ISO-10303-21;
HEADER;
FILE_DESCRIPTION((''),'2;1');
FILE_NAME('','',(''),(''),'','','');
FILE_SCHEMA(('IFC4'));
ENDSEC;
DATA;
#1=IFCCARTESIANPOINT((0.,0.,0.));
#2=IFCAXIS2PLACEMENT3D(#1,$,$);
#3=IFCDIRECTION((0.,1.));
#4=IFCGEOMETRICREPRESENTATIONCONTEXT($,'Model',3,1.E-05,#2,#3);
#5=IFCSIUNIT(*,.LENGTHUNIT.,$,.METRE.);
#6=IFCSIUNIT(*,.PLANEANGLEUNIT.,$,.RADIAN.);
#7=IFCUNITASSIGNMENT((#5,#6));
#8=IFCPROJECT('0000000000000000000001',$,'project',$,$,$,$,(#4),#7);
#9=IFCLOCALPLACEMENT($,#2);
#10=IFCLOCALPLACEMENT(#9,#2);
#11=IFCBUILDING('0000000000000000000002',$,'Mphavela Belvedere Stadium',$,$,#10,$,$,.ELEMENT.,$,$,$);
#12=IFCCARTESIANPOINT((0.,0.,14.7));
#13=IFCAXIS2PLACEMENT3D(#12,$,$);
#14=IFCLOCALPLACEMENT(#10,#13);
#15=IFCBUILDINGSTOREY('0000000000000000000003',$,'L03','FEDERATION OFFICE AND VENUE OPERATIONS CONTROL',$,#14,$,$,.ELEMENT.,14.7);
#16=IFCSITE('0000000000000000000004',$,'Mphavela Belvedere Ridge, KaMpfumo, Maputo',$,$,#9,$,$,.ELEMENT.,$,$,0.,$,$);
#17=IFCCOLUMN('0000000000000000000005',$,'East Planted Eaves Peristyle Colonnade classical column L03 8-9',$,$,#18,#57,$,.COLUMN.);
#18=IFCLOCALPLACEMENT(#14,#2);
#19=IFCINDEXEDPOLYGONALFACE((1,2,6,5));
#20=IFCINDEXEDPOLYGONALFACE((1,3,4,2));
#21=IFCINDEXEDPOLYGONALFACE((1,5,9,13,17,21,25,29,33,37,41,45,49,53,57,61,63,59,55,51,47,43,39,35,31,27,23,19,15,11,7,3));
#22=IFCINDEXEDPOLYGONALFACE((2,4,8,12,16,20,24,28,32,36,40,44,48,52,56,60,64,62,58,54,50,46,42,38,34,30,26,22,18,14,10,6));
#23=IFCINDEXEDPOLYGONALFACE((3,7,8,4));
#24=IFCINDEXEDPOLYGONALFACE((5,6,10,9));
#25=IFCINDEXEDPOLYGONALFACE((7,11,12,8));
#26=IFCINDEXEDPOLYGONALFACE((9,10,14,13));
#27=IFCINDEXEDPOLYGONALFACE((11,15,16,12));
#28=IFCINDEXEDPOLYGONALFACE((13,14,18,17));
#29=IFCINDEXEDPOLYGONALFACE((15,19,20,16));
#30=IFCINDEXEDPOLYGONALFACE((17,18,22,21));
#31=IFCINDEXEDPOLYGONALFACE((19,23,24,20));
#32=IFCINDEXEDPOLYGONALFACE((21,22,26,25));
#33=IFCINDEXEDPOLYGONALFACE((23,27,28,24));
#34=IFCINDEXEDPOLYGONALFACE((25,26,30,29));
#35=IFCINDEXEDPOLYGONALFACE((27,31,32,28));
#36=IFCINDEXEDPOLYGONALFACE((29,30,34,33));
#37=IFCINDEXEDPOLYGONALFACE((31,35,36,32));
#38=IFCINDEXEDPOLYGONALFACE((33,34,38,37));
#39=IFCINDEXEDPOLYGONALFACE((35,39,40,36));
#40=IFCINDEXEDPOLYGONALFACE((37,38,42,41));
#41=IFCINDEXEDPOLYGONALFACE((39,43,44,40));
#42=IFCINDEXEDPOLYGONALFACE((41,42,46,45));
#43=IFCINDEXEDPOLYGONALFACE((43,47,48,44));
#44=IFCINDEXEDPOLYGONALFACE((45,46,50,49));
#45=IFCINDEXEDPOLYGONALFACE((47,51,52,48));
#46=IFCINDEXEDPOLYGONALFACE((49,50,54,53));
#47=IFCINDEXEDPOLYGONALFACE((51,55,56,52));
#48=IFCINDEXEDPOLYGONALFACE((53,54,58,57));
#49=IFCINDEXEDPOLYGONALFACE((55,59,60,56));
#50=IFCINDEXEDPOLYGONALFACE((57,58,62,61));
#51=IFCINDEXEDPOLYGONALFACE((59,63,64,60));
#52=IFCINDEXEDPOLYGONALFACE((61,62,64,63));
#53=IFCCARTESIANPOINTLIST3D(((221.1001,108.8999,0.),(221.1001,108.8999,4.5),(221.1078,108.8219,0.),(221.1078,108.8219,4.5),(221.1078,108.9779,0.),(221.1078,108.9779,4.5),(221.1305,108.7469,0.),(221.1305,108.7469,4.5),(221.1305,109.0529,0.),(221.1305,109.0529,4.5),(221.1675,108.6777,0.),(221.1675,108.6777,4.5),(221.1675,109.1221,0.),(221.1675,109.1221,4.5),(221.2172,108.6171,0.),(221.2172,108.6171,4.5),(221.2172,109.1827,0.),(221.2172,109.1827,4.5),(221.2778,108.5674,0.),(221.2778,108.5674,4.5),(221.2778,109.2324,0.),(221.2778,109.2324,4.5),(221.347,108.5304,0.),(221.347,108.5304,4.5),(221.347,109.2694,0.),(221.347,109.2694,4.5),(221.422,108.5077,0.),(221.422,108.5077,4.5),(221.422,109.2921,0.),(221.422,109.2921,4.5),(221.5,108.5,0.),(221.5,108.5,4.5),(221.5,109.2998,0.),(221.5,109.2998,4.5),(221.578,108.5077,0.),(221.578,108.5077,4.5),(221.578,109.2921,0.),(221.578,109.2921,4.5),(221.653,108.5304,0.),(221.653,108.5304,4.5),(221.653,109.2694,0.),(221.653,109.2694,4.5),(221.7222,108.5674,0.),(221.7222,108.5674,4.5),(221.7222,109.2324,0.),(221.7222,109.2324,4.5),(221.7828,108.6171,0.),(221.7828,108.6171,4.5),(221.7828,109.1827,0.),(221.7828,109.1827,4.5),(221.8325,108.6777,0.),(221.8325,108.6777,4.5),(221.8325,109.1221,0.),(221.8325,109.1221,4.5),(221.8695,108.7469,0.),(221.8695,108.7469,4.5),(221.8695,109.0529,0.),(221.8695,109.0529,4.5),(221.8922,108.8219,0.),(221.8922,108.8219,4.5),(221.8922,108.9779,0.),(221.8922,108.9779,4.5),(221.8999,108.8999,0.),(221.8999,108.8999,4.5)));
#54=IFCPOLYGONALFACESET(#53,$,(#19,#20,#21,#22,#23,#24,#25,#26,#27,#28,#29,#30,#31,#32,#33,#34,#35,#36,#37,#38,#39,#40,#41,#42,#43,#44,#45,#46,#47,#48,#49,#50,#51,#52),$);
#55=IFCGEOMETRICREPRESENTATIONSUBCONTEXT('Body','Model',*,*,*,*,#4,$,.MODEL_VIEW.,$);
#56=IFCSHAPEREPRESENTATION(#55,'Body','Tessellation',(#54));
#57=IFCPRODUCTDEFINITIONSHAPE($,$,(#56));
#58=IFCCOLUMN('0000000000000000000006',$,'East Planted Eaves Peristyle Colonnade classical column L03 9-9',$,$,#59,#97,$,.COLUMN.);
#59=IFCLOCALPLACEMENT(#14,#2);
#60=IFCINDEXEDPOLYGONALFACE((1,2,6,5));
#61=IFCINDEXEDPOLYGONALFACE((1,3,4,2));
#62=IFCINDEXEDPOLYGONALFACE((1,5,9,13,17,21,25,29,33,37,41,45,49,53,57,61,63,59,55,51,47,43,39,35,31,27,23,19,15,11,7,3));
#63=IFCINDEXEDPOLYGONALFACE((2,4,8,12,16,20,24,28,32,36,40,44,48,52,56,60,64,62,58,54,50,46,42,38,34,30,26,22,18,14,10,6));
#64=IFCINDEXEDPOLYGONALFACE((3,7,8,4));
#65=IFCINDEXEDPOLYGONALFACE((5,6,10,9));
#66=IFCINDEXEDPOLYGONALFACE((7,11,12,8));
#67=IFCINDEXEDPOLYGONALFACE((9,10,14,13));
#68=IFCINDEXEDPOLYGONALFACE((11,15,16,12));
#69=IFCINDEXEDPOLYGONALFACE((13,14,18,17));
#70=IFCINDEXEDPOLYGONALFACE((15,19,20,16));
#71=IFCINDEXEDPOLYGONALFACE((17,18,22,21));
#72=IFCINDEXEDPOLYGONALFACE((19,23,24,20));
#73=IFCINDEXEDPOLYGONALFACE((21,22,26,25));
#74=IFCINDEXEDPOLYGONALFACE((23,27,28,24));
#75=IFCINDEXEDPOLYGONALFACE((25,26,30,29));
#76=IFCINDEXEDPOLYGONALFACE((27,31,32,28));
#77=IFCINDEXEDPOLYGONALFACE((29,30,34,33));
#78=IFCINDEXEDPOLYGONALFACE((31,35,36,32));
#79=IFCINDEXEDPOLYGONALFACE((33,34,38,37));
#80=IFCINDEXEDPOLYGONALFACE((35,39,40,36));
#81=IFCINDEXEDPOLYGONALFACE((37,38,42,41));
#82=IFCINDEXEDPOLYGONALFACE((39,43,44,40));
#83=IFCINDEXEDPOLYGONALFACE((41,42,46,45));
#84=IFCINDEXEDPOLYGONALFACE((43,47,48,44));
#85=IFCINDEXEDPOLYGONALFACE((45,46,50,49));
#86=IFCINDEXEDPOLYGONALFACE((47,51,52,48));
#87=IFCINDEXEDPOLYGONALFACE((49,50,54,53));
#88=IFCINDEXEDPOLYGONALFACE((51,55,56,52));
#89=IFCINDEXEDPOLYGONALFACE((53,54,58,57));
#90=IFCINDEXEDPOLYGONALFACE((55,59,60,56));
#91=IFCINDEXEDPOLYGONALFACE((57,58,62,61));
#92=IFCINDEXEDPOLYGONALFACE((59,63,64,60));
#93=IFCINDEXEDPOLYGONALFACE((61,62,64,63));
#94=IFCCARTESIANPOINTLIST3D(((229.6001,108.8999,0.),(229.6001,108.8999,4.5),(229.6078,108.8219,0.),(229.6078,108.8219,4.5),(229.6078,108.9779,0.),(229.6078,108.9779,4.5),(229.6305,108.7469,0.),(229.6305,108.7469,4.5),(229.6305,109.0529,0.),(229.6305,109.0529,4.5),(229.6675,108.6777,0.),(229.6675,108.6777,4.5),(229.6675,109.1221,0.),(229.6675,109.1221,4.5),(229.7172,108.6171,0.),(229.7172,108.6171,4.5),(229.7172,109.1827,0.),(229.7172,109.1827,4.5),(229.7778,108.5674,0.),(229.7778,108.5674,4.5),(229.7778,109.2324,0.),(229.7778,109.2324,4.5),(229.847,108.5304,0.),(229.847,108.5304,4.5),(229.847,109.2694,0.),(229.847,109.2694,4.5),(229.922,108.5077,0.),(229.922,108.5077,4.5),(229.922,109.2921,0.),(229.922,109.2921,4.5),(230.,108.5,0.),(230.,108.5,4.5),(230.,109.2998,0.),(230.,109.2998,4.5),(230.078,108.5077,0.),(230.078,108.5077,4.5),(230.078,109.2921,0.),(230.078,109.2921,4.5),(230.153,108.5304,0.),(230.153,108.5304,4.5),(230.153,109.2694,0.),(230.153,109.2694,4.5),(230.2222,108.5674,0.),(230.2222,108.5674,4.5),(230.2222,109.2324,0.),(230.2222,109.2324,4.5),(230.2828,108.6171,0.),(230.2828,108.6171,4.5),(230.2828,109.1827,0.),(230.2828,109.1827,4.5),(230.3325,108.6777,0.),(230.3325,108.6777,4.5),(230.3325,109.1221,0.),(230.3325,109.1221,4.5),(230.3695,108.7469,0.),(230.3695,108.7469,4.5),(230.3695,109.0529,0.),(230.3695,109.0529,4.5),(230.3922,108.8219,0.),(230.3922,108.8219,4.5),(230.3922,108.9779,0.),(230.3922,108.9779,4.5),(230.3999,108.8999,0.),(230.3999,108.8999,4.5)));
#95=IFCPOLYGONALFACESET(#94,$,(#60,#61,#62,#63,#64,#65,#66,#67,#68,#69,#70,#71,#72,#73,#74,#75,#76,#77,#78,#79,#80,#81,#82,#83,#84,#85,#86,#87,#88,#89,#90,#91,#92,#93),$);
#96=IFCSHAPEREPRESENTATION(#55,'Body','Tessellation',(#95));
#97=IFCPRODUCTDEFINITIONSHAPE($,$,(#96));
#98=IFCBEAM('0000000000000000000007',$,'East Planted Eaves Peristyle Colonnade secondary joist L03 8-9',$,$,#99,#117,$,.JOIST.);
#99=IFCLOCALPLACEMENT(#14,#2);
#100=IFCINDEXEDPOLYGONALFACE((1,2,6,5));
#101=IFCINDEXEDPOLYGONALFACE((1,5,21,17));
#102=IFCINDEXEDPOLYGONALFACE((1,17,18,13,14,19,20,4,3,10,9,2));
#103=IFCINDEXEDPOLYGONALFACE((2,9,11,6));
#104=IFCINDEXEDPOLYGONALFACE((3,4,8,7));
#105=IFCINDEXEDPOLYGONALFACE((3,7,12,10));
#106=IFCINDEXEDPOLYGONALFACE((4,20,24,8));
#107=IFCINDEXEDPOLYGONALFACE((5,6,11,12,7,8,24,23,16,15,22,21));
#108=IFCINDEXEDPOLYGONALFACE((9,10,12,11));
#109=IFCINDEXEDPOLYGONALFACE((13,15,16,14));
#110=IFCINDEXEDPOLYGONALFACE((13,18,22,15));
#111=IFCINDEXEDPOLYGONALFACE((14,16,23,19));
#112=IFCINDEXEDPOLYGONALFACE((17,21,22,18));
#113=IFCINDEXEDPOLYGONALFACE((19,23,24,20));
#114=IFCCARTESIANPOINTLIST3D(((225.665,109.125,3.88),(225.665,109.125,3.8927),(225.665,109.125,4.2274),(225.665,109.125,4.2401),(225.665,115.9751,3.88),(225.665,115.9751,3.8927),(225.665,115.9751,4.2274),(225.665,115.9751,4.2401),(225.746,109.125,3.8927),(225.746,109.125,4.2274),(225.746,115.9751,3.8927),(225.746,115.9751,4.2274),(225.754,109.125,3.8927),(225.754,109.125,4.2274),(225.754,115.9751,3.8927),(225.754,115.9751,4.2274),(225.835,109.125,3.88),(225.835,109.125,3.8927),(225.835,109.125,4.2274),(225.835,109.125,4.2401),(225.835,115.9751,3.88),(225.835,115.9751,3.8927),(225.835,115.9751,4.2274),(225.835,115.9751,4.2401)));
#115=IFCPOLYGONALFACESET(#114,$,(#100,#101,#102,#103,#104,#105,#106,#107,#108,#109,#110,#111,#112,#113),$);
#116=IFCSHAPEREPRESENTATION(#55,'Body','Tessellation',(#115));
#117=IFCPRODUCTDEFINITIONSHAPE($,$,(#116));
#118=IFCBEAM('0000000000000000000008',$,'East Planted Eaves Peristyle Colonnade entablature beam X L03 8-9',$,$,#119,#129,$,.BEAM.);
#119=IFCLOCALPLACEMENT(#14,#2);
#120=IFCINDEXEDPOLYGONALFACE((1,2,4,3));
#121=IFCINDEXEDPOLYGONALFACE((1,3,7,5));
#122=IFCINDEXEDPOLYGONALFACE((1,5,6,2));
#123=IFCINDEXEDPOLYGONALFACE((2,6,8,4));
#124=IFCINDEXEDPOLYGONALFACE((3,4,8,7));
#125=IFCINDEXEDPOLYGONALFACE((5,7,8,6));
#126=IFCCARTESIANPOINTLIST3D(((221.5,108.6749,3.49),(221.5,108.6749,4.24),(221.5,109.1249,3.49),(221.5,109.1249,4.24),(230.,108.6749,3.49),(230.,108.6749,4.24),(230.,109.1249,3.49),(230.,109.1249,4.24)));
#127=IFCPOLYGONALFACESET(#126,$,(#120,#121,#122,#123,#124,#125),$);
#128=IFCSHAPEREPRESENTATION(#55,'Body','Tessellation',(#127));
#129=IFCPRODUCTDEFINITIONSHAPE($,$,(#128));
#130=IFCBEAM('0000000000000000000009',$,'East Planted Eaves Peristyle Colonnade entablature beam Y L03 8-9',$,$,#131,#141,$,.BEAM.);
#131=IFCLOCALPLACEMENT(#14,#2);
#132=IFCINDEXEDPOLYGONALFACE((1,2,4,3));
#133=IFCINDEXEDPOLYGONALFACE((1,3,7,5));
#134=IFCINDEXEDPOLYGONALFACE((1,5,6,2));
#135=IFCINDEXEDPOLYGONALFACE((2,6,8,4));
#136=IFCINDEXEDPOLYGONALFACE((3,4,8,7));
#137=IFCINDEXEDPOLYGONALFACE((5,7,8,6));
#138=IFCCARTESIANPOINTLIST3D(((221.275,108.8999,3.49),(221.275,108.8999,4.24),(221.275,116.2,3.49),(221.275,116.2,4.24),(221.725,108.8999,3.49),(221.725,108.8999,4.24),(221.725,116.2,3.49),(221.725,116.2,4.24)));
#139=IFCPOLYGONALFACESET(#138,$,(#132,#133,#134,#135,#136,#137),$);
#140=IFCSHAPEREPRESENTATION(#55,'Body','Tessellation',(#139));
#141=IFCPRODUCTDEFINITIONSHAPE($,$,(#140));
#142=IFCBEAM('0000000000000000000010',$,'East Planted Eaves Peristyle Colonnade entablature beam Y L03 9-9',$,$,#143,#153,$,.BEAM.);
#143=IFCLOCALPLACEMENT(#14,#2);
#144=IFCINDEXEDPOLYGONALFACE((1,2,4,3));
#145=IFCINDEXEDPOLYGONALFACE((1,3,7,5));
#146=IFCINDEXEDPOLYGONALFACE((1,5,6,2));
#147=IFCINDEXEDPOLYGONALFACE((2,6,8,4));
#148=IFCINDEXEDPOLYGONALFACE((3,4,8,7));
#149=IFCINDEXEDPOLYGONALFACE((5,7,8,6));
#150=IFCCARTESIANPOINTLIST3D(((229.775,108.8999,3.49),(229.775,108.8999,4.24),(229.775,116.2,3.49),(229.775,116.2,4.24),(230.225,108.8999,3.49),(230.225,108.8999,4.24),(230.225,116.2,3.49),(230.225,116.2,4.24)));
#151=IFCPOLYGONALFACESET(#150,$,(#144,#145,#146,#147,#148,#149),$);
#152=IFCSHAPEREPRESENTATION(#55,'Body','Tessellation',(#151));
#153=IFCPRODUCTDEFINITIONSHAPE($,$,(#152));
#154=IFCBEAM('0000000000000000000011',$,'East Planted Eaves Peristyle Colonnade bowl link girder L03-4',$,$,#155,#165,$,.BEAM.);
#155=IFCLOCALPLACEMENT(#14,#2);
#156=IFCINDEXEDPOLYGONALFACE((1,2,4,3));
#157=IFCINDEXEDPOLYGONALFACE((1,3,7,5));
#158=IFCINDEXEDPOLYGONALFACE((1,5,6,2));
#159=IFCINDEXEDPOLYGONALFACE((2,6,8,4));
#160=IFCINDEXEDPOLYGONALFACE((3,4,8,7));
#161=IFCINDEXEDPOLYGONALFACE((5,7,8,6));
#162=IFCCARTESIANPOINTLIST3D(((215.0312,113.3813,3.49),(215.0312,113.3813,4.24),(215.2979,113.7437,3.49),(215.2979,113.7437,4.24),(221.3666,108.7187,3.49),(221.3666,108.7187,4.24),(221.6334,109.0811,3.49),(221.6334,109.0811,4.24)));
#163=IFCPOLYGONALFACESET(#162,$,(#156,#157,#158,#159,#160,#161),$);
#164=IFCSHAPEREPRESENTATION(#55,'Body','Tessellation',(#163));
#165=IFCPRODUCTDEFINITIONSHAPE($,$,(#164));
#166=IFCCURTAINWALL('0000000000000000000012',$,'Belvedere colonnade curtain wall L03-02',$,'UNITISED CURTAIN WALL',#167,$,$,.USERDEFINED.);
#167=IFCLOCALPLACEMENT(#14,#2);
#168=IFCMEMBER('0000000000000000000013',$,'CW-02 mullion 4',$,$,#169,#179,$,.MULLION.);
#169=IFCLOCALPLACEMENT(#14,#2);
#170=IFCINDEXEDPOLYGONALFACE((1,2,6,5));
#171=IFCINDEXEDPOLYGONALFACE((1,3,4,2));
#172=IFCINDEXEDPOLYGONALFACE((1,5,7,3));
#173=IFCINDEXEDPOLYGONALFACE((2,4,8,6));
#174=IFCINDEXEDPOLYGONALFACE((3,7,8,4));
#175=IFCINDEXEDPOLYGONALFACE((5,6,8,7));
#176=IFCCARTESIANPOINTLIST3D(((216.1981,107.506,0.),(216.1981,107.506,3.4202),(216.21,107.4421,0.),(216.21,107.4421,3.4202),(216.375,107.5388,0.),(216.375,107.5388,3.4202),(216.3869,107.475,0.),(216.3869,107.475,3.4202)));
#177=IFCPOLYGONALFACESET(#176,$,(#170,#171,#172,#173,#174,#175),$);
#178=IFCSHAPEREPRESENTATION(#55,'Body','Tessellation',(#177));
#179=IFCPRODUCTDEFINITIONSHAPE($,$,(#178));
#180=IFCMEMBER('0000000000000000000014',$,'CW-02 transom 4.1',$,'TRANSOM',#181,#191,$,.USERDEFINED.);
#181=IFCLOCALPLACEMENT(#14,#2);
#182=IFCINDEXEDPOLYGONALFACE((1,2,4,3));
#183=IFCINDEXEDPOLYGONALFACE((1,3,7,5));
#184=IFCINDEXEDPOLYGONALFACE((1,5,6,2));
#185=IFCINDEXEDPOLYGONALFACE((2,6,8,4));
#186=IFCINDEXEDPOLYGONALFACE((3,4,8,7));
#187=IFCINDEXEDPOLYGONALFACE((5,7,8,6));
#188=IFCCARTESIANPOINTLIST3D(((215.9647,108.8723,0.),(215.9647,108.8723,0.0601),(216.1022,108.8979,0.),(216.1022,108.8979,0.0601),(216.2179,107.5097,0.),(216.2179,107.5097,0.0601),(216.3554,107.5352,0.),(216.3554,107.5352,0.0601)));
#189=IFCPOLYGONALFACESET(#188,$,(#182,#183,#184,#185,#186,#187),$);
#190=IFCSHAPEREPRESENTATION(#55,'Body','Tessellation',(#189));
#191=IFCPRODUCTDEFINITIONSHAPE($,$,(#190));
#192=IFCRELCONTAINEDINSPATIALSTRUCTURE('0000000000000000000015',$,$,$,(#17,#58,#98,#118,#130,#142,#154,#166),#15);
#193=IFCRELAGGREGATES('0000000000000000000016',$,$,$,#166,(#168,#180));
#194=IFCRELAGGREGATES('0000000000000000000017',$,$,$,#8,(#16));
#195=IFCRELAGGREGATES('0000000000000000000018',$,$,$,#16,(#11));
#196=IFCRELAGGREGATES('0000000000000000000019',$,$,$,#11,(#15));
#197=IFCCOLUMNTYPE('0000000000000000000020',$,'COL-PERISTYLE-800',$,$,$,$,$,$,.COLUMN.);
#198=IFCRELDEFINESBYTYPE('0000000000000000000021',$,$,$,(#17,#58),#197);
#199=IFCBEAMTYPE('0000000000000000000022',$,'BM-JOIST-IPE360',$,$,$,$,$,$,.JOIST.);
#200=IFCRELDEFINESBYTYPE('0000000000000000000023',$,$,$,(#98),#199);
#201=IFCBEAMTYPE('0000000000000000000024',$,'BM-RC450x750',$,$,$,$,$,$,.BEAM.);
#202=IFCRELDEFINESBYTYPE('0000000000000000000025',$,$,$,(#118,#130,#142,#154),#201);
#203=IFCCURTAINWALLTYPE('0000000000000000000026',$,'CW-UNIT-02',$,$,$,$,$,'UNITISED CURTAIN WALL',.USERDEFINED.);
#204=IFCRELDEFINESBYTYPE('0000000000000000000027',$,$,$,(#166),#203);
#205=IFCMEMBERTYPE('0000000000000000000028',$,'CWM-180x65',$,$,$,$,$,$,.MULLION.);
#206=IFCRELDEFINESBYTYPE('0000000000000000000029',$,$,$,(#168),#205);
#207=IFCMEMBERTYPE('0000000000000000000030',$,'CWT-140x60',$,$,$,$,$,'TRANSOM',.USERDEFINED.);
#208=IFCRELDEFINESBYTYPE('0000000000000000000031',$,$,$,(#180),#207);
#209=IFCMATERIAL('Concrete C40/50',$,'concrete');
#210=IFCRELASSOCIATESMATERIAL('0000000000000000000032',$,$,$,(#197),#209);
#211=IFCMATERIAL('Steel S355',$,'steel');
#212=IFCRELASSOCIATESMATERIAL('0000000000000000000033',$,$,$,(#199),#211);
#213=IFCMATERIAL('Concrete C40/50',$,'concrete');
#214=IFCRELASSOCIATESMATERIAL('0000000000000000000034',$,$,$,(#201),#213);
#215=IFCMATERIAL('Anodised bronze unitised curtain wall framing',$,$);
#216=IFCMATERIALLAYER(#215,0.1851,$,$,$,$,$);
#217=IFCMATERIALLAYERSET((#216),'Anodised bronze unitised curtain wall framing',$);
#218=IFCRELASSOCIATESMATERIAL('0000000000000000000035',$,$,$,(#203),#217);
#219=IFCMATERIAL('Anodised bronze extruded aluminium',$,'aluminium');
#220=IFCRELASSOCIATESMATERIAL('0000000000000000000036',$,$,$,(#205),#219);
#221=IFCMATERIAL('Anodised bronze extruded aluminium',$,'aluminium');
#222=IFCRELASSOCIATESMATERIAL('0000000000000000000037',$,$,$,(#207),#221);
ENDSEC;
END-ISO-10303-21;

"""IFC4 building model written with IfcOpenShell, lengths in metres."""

from ifc_helpers import new_model, si_unit, direction, frame, origin, origin_2d, place, context, subcontext, project, spatial, rectangle, circle, i_section, extrude, material, layer, layer_set, material_profile, profile_set, type_object, element, aggregate, save


model = new_model("IFC4")

# Units and contexts
model_context = context("Model", 3, precision=1e-05, world=origin(), true_north=direction((0.0, 1.0)))
body_context = subcontext(model_context, "Body", "Model", "MODEL_VIEW")
ifc_project = project(units=[si_unit("LENGTHUNIT", "METRE"), si_unit("PLANEANGLEUNIT", "RADIAN")], contexts=[model_context])

# Site, building, storey
site_placement = place(None, origin())
site = spatial("IfcSite", under=ifc_project, at=site_placement, Name="Mphavela Belvedere Ridge, KaMpfumo, Maputo", CompositionType="ELEMENT", RefElevation=0.0)
building_placement = place(site_placement, origin())
building = spatial("IfcBuilding", under=site, at=building_placement, Name="Mphavela Belvedere Stadium", CompositionType="ELEMENT")
storey_placement = place(building_placement, frame((0.0, 0.0, 14.7)))
storey = spatial("IfcBuildingStorey", under=building, at=storey_placement, Name="L03", Description="FEDERATION OFFICE AND VENUE OPERATIONS CONTROL", CompositionType="ELEMENT", Elevation=14.7)

# Columns
ifc_material_1 = material(Name="Concrete C40/50", Category="concrete")
ifc_material_profile_1 = material_profile(ifc_material_1, circle(Radius=0.3999, at=origin_2d()), Name="COL D800")
ifc_profile_set_1 = profile_set([ifc_material_profile_1], Name="Concrete C40/50")
column_type = type_object("IfcColumnType", Name="COL-PERISTYLE-800", PredefinedType="COLUMN", material=ifc_profile_set_1)
for number, where, z_axis, x_axis, name in (
    (1, (221.5, 108.8999, 0.0), (0.0, 0.0, 1.0), (1.0, 0.0, 0.0), "East Planted Eaves Peristyle Colonnade classical column L03 8-9"),
    (2, (230.0, 108.8999, 0.0), (0.0, 0.0, 1.0), (1.0, 0.0, 0.0), "East Planted Eaves Peristyle Colonnade classical column L03 9-9"),
):
    element("IfcColumn", number, at=place(storey_placement, frame(where, z_axis=z_axis, x_axis=x_axis)), inside=storey, type_object=column_type, Name=name, PredefinedType="COLUMN", context=body_context, shape_type="SweptSolid", body=[
        extrude(circle(Radius=0.3999, at=origin_2d()), origin(), (0.0, 0.0, 1.0), 4.5),
    ])

# Beams
ifc_material_2 = material(Name="Steel S355", Category="steel")
ifc_material_profile_2 = material_profile(ifc_material_2, i_section(OverallWidth=0.1699, OverallDepth=0.3601, WebThickness=0.0081, FlangeThickness=0.0127, at=origin_2d()), Name="IPE 360")
ifc_profile_set_2 = profile_set([ifc_material_profile_2], Name="Steel S355")
beam_type_1 = type_object("IfcBeamType", Name="BM-JOIST-IPE360", PredefinedType="JOIST", material=ifc_profile_set_2)
beam_1_placement = place(storey_placement, frame((225.75, 109.125, 4.0601), z_axis=(0.0, 1.0, 0.0), x_axis=(-1.0, 0.0, 0.0)))
element("IfcBeam", 3, at=beam_1_placement, inside=storey, type_object=beam_type_1, Name="East Planted Eaves Peristyle Colonnade secondary joist L03 8-9", PredefinedType="JOIST", context=body_context, shape_type="SweptSolid", body=[
    extrude(i_section(OverallWidth=0.1699, OverallDepth=0.3601, WebThickness=0.0081, FlangeThickness=0.0127, at=origin_2d()), origin(), (0.0, 0.0, 1.0), 6.8501),
])
ifc_material_3 = material(Name="Concrete C40/50", Category="concrete")
ifc_material_profile_3 = material_profile(ifc_material_3, rectangle(XDim=0.45, YDim=0.75, at=origin_2d()), Name="RC 450x750")
ifc_profile_set_3 = profile_set([ifc_material_profile_3], Name="Concrete C40/50")
beam_type_2 = type_object("IfcBeamType", Name="BM-RC450x750", PredefinedType="BEAM", material=ifc_profile_set_3)
beam_2_placement = place(storey_placement, frame((221.5, 108.8999, 3.865), z_axis=(1.0, 0.0, 0.0), x_axis=(0.0, 1.0, 0.0)))
element("IfcBeam", 4, at=beam_2_placement, inside=storey, type_object=beam_type_2, Name="East Planted Eaves Peristyle Colonnade entablature beam X L03 8-9", PredefinedType="BEAM", context=body_context, shape_type="SweptSolid", body=[
    extrude(rectangle(XDim=0.45, YDim=0.75, at=origin_2d()), origin(), (0.0, 0.0, 1.0), 8.5),
])
for number, where, z_axis, x_axis, name in (
    (5, (221.5, 108.8999, 3.865), (0.0, 1.0, 0.0), (-1.0, 0.0, 0.0), "East Planted Eaves Peristyle Colonnade entablature beam Y L03 8-9"),
    (6, (230.0, 108.8999, 3.865), (0.0, 1.0, 0.0), (-1.0, 0.0, 0.0), "East Planted Eaves Peristyle Colonnade entablature beam Y L03 9-9"),
):
    element("IfcBeam", number, at=place(storey_placement, frame(where, z_axis=z_axis, x_axis=x_axis)), inside=storey, type_object=beam_type_2, Name=name, PredefinedType="BEAM", context=body_context, shape_type="SweptSolid", body=[
        extrude(rectangle(XDim=0.45, YDim=0.75, at=origin_2d()), origin(), (0.0, 0.0, 1.0), 7.3),
    ])
beam_3_placement = place(storey_placement, frame((221.5, 108.8999, 3.865), z_axis=(-0.805397, 0.592735, 0.0), x_axis=(-0.592735, -0.805397, 0.0)))
element("IfcBeam", 7, at=beam_3_placement, inside=storey, type_object=beam_type_2, Name="East Planted Eaves Peristyle Colonnade bowl link girder L03-4", PredefinedType="BEAM", context=body_context, shape_type="SweptSolid", body=[
    extrude(rectangle(XDim=0.45, YDim=0.75, at=origin_2d()), origin(), (0.0, 0.0, 1.0), 7.8662),
])

# Curtain wall, members
ifc_material_4 = material(Name="Anodised bronze unitised curtain wall framing")
ifc_layer_1 = layer(ifc_material_4, 0.1851)
ifc_layer_set_1 = layer_set([ifc_layer_1], Name="Anodised bronze unitised curtain wall framing")
curtain_wall_type = type_object("IfcCurtainWallType", Name="CW-UNIT-02", ElementType="UNITISED CURTAIN WALL", PredefinedType="USERDEFINED", material=ifc_layer_set_1)
curtain_wall_placement = place(storey_placement, origin())
curtain_wall = element("IfcCurtainWall", 8, at=curtain_wall_placement, inside=storey, type_object=curtain_wall_type, Name="Belvedere colonnade curtain wall L03-02", ObjectType="UNITISED CURTAIN WALL", PredefinedType="USERDEFINED")
ifc_material_5 = material(Name="Anodised bronze extruded aluminium", Category="aluminium")
ifc_material_profile_4 = material_profile(ifc_material_5, rectangle(XDim=0.1799, YDim=0.0649, at=origin_2d()), Name="CW-MUL 180x65")
ifc_profile_set_4 = profile_set([ifc_material_profile_4], Name="Anodised bronze extruded aluminium")
member_type_1 = type_object("IfcMemberType", Name="CWM-180x65", PredefinedType="MULLION", material=ifc_profile_set_4)
member_1_placement = place(storey_placement, frame((216.2925, 107.4905, 0.0), z_axis=(0.0, 0.0, 1.0), x_axis=(-0.983181, -0.182631, 0.0)))
member_1 = element("IfcMember", 9, at=member_1_placement, type_object=member_type_1, Name="CW-02 mullion 4", PredefinedType="MULLION", context=body_context, shape_type="SweptSolid", body=[
    extrude(rectangle(XDim=0.1799, YDim=0.0649, at=origin_2d()), origin(), (0.0, 0.0, 1.0), 3.4202),
])
ifc_material_6 = material(Name="Anodised bronze extruded aluminium", Category="aluminium")
ifc_material_profile_5 = material_profile(ifc_material_6, rectangle(XDim=0.1399, YDim=0.0601, at=origin_2d()), Name="CW-TRN 140x60")
ifc_profile_set_5 = profile_set([ifc_material_profile_5], Name="Anodised bronze extruded aluminium")
member_type_2 = type_object("IfcMemberType", Name="CWT-140x60", ElementType="TRANSOM", PredefinedType="USERDEFINED", material=ifc_profile_set_5)
member_2_placement = place(storey_placement, frame((216.2866, 107.5225, 0.03), z_axis=(-0.182682, 0.983172, 0.0), x_axis=(-0.983172, -0.182682, 0.0)))
member_2 = element("IfcMember", 10, at=member_2_placement, type_object=member_type_2, Name="CW-02 transom 4.1", ObjectType="TRANSOM", PredefinedType="USERDEFINED", context=body_context, shape_type="SweptSolid", body=[
    extrude(rectangle(XDim=0.1399, YDim=0.0601, at=origin_2d()), origin(), (0.0, 0.0, 1.0), 1.386),
])
aggregate(curtain_wall, [member_1, member_2])

save(model, "model.ifc")
